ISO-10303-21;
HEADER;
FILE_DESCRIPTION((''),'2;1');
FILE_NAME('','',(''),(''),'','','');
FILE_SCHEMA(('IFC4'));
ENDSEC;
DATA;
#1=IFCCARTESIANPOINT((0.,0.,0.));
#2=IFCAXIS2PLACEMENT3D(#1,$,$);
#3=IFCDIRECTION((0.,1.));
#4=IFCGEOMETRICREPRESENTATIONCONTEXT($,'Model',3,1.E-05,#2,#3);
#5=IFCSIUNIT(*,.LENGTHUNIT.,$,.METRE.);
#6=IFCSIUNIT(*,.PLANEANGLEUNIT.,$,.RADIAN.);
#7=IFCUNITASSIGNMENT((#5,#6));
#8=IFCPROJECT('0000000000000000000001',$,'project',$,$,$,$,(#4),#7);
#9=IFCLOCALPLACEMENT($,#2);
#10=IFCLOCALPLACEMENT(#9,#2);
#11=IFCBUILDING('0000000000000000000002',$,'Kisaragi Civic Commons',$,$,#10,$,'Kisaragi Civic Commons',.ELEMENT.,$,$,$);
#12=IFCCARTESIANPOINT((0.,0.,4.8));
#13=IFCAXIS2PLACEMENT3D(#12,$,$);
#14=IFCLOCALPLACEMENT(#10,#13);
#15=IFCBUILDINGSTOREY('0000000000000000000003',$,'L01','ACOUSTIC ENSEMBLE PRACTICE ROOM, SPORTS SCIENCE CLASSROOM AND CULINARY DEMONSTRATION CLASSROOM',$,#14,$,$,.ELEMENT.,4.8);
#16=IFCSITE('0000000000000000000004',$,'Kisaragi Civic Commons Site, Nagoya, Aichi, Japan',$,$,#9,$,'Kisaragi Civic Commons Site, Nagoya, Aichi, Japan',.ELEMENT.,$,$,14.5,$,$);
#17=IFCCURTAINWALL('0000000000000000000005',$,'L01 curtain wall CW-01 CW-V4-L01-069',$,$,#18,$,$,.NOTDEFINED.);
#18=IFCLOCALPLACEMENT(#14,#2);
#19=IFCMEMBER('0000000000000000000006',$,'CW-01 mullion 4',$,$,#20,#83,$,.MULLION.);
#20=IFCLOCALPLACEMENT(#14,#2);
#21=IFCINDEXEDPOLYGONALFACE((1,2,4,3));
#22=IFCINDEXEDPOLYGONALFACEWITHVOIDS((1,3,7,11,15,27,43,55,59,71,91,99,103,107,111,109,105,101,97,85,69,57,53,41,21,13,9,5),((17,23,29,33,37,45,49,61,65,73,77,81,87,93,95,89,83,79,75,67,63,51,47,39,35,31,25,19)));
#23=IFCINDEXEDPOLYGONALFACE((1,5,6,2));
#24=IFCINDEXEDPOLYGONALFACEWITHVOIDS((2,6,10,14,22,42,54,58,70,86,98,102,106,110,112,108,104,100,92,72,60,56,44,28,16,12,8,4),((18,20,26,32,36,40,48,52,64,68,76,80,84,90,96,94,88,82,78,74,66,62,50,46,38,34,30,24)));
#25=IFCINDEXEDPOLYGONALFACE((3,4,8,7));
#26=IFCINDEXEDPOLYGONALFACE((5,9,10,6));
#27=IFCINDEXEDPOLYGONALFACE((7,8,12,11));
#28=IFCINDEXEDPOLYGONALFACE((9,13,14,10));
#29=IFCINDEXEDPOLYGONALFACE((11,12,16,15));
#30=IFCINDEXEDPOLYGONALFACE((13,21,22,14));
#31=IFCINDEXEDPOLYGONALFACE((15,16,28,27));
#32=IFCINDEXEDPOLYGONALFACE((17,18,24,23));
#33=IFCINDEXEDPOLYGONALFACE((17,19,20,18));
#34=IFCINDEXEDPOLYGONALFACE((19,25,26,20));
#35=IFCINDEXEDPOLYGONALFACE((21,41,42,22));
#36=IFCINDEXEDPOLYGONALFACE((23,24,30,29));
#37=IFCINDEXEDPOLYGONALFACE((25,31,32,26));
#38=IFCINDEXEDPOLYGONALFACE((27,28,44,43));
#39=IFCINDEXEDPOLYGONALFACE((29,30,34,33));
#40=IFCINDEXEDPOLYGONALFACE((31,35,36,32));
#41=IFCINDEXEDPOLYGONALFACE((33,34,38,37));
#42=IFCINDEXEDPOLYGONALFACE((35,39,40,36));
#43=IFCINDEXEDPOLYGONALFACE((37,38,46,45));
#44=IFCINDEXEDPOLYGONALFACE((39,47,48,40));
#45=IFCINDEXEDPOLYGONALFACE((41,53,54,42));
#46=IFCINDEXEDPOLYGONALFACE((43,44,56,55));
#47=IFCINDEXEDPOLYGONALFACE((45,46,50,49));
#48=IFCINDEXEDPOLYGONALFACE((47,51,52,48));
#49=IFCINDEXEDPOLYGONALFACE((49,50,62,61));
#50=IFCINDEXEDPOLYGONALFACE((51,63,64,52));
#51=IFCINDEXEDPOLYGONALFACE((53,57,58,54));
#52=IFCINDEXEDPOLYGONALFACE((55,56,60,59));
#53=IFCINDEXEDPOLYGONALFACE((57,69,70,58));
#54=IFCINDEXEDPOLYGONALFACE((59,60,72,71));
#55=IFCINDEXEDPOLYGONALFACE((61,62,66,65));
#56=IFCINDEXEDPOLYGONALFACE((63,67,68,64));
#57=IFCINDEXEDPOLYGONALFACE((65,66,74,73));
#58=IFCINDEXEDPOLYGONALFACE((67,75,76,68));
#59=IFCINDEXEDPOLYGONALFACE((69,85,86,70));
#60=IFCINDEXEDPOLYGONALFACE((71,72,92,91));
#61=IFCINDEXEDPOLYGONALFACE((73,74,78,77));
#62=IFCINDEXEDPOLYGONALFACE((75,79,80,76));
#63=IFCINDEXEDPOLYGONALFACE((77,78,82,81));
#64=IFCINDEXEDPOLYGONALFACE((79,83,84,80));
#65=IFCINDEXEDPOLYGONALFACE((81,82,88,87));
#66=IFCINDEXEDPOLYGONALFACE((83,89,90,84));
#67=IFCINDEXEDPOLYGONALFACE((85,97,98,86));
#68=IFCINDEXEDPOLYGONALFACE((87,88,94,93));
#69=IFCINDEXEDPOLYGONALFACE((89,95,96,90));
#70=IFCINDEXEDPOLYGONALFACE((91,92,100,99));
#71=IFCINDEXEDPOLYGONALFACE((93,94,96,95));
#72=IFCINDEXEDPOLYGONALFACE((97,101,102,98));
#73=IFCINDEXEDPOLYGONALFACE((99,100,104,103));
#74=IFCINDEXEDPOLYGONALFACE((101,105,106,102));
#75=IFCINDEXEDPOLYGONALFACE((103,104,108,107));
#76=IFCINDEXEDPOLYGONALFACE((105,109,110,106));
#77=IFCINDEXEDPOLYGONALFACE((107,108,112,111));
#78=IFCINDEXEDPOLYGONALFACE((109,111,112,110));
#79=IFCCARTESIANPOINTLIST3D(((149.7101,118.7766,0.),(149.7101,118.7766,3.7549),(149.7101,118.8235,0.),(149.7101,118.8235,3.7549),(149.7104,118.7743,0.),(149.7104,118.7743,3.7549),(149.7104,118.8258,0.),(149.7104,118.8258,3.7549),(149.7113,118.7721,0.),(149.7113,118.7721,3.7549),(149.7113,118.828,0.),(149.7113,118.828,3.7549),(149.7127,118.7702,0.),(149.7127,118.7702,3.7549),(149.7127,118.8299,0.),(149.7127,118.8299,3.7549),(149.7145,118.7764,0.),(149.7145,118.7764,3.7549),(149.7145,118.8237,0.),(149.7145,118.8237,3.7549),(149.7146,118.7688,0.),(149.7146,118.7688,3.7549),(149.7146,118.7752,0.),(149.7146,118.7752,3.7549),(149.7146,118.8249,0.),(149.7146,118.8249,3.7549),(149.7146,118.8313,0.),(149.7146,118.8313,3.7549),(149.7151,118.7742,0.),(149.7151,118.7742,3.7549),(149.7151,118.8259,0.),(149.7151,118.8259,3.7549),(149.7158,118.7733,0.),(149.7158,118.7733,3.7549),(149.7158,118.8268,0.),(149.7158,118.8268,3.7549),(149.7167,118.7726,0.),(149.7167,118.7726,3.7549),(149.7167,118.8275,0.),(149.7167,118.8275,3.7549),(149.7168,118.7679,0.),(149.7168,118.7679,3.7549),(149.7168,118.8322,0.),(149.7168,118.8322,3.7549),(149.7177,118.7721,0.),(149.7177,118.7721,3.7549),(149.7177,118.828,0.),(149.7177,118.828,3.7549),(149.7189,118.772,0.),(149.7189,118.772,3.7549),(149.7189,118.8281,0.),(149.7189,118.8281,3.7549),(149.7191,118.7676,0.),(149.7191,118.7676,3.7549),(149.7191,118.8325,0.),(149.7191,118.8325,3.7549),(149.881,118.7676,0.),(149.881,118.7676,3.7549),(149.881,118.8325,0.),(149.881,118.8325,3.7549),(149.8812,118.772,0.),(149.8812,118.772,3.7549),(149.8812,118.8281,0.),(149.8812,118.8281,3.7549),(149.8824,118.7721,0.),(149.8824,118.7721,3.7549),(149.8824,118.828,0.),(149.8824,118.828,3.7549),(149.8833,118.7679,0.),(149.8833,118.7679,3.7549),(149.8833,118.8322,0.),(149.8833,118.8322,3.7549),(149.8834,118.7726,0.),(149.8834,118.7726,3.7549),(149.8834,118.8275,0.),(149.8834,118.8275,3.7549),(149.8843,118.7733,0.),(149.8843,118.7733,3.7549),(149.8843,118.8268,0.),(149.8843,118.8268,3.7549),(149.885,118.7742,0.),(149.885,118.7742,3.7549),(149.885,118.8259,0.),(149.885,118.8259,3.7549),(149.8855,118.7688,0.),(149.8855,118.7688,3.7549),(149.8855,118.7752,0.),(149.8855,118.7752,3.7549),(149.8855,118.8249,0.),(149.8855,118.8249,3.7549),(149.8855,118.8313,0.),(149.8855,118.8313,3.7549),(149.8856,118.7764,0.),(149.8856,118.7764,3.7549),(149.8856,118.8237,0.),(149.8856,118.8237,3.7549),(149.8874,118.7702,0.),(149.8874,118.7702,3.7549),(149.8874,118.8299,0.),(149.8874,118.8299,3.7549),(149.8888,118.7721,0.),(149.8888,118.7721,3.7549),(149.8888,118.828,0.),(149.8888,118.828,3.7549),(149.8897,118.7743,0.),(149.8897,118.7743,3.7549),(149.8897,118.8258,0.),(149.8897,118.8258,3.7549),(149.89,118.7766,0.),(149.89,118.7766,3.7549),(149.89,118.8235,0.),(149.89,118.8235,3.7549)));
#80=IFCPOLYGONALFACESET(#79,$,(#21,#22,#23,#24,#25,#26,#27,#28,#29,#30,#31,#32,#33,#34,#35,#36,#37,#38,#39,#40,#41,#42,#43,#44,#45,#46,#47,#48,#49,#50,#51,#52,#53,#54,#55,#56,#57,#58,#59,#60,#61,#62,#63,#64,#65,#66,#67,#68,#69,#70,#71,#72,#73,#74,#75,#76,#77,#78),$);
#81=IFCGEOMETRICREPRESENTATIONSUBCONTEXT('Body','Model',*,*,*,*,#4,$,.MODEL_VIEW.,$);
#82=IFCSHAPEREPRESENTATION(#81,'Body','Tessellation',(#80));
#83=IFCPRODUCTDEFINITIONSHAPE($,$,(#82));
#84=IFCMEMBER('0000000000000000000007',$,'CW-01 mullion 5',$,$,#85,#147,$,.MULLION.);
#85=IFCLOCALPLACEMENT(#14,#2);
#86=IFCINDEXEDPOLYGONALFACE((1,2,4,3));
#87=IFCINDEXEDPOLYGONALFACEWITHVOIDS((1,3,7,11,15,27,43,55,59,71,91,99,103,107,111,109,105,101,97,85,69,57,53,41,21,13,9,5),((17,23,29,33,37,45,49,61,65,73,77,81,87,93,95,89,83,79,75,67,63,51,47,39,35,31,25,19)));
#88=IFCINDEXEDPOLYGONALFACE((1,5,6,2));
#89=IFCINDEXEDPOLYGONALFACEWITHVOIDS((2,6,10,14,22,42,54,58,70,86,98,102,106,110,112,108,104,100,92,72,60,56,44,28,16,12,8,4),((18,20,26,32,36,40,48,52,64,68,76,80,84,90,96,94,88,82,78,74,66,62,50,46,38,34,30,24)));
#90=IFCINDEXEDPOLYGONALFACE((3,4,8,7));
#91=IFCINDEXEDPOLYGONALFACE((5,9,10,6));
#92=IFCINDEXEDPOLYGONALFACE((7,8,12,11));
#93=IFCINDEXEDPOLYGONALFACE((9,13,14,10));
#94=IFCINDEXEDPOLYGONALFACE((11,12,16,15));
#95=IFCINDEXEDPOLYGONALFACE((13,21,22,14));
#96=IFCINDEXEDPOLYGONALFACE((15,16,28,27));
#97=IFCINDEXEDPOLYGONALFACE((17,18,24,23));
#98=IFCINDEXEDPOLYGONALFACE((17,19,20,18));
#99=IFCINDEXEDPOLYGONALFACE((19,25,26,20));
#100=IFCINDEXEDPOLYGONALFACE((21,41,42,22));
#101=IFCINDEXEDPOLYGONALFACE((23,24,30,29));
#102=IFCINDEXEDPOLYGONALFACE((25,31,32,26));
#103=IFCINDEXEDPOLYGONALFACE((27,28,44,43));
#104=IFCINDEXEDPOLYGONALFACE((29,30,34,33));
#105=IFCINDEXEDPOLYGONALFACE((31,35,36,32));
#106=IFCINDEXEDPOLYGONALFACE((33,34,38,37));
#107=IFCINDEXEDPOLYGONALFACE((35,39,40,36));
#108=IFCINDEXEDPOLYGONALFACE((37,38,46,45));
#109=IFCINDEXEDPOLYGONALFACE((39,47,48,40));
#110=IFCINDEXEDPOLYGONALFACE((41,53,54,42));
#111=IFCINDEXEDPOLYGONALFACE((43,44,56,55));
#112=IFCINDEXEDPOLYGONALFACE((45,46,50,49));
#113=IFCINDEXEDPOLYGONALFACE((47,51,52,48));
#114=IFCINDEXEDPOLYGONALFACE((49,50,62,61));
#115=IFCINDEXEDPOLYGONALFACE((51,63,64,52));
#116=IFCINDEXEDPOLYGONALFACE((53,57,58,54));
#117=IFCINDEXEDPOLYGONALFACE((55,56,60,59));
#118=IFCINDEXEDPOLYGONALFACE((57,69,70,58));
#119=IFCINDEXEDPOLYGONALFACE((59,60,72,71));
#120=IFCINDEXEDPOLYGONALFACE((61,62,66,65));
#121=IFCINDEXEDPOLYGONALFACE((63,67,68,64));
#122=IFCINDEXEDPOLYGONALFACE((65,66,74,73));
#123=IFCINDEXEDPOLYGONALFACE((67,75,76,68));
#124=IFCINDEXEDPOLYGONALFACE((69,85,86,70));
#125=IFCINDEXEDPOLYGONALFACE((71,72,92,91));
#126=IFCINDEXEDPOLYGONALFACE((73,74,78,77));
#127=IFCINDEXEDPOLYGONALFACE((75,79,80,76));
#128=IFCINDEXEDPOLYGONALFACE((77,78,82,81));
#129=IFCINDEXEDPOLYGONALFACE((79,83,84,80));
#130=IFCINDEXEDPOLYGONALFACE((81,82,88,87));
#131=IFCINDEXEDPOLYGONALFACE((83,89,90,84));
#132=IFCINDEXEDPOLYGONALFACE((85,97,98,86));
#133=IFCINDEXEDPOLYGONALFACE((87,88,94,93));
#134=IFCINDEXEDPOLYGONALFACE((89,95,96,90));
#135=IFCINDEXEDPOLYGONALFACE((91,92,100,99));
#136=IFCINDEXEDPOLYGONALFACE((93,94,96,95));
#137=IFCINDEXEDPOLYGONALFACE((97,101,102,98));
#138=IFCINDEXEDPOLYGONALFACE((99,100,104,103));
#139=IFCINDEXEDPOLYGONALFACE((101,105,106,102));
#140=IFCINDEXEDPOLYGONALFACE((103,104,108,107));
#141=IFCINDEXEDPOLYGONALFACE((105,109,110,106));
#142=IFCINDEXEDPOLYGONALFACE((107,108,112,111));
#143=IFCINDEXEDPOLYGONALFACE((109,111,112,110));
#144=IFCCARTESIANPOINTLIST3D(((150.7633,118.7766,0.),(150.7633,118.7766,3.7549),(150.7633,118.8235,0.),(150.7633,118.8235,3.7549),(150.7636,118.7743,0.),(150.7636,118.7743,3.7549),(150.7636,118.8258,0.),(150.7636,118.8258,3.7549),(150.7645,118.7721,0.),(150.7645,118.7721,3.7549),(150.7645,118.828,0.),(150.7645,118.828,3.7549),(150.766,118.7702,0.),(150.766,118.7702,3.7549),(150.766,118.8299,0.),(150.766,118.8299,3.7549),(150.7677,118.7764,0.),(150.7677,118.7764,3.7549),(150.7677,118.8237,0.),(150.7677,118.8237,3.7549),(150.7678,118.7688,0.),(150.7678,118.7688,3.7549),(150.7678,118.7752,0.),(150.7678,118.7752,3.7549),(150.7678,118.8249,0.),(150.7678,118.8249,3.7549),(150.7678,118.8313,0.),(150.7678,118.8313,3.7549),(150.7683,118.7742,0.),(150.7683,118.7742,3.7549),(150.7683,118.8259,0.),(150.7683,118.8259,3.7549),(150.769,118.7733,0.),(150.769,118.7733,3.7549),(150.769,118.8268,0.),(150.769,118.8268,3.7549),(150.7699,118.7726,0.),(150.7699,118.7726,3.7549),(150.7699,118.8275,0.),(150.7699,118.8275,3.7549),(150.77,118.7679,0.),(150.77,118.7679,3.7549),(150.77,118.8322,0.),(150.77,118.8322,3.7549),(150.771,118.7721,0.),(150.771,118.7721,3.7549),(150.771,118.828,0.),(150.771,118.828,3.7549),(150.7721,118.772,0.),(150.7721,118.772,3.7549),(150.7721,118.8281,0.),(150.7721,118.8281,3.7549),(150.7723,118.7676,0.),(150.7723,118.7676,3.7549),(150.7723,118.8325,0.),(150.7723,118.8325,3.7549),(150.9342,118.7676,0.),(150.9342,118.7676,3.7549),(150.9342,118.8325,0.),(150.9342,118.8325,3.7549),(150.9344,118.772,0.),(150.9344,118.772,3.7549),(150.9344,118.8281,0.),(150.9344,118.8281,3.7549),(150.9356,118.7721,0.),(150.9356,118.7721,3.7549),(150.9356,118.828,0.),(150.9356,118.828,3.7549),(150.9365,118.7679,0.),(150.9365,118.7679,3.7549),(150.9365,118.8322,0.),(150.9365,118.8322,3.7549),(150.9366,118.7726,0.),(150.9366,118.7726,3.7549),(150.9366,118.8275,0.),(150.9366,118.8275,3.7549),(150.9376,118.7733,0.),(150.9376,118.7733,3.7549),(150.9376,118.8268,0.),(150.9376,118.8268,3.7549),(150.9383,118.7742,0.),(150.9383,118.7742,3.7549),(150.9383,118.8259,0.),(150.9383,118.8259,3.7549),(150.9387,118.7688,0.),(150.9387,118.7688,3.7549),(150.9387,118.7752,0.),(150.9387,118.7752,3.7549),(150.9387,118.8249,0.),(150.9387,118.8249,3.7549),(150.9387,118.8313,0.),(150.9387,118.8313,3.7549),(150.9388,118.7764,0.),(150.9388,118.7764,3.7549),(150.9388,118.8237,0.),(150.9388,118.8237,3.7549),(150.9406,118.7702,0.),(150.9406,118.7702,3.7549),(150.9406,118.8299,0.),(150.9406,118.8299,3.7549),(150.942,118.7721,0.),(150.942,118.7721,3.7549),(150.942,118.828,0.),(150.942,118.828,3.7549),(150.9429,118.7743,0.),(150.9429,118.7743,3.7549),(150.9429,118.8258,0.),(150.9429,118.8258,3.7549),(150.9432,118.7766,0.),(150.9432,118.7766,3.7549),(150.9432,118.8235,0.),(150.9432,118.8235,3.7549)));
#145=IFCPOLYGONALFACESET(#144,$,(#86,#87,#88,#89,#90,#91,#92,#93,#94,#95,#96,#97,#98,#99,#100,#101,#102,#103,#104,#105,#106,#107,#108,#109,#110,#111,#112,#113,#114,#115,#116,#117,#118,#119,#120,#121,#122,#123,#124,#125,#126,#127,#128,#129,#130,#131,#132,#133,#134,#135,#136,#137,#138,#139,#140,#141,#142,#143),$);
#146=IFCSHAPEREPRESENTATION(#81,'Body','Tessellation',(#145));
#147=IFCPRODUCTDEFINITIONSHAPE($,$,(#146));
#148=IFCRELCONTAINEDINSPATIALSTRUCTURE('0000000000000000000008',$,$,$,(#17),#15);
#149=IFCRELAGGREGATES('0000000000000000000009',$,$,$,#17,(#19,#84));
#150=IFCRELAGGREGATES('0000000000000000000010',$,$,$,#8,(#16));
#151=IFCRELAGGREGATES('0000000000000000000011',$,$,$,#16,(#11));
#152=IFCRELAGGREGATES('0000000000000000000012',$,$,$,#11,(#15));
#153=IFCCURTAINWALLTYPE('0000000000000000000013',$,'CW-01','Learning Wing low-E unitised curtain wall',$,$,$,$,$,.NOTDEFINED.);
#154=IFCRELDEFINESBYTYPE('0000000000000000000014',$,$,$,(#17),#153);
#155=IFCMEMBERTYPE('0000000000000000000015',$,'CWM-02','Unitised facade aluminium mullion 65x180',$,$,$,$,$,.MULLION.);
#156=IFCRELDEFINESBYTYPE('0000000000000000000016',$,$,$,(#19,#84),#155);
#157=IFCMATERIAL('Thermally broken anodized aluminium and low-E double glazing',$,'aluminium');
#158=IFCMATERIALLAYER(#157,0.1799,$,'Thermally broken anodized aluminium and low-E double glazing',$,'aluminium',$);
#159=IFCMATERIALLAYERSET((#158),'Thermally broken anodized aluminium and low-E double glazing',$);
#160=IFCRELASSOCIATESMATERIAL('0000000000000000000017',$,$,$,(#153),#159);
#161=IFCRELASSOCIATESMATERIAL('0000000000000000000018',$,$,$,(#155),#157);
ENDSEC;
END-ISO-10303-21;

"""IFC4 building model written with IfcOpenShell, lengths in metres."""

from ifc_helpers import new_model, si_unit, direction, frame, origin, origin_2d, place, context, subcontext, project, spatial, hollow_rectangle, extrude, material, layer, layer_set, material_profile, profile_set, type_object, element, aggregate, save


model = new_model("IFC4")

# Units and contexts
model_context = context("Model", 3, precision=1e-05, world=origin(), true_north=direction((0.0, 1.0)))
body_context = subcontext(model_context, "Body", "Model", "MODEL_VIEW")
ifc_project = project(units=[si_unit("LENGTHUNIT", "METRE"), si_unit("PLANEANGLEUNIT", "RADIAN")], contexts=[model_context])

# Site, building, storey
site_placement = place(None, origin())
site = spatial("IfcSite", under=ifc_project, at=site_placement, Name="Kisaragi Civic Commons Site, Nagoya, Aichi, Japan", LongName="Kisaragi Civic Commons Site, Nagoya, Aichi, Japan", CompositionType="ELEMENT", RefElevation=14.5)
building_placement = place(site_placement, origin())
building = spatial("IfcBuilding", under=site, at=building_placement, Name="Kisaragi Civic Commons", LongName="Kisaragi Civic Commons", CompositionType="ELEMENT")
storey_placement = place(building_placement, frame((0.0, 0.0, 4.8)))
storey = spatial("IfcBuildingStorey", under=building, at=storey_placement, Name="L01", Description="ACOUSTIC ENSEMBLE PRACTICE ROOM, SPORTS SCIENCE CLASSROOM AND CULINARY DEMONSTRATION CLASSROOM", CompositionType="ELEMENT", Elevation=4.8)

# Curtain wall, members
ifc_material = material(Name="Thermally broken anodized aluminium and low-E double glazing", Category="aluminium")
ifc_layer_1 = layer(ifc_material, 0.1799, Name="Thermally broken anodized aluminium and low-E double glazing", Category="aluminium")
ifc_layer_set_1 = layer_set([ifc_layer_1], Name="Thermally broken anodized aluminium and low-E double glazing")
curtain_wall_type = type_object("IfcCurtainWallType", Name="CW-01", Description="Learning Wing low-E unitised curtain wall", PredefinedType="NOTDEFINED", material=ifc_layer_set_1)
curtain_wall_placement = place(storey_placement, origin())
curtain_wall = element("IfcCurtainWall", 1, at=curtain_wall_placement, inside=storey, type_object=curtain_wall_type, Name="L01 curtain wall CW-01 CW-V4-L01-069", PredefinedType="NOTDEFINED")
ifc_material_profile_1 = material_profile(ifc_material, hollow_rectangle(XDim=0.0649, YDim=0.1799, WallThickness=0.0044, InnerFilletRadius=0.0044, OuterFilletRadius=0.009, at=origin_2d()), Name="CWM-65x180x4.5", Category="aluminium")
ifc_profile_set_1 = profile_set([ifc_material_profile_1], Name="Thermally broken anodized aluminium and low-E double glazing")
member_type_1 = type_object("IfcMemberType", Name="CWM-02", Description="Unitised facade aluminium mullion 65x180", PredefinedType="MULLION", material=ifc_profile_set_1)
member_1_placement = place(storey_placement, frame((149.8, 118.8, 0.0), z_axis=(0.0, 0.0, 1.0), x_axis=(0.0, 1.0, 0.0)))
member_1 = element("IfcMember", 2, at=member_1_placement, type_object=member_type_1, Name="CW-01 mullion 4", PredefinedType="MULLION", context=body_context, shape_type="SweptSolid", body=[
    extrude(hollow_rectangle(XDim=0.0649, YDim=0.1799, WallThickness=0.0044, InnerFilletRadius=0.0044, OuterFilletRadius=0.009, at=origin_2d()), origin(), (0.0, 0.0, 1.0), 3.7549),
])
member_2_placement = place(storey_placement, frame((150.8533, 118.8, 0.0), z_axis=(0.0, 0.0, 1.0), x_axis=(0.0, 1.0, 0.0)))
member_2 = element("IfcMember", 3, at=member_2_placement, type_object=member_type_1, Name="CW-01 mullion 5", PredefinedType="MULLION", context=body_context, shape_type="SweptSolid", body=[
    extrude(hollow_rectangle(XDim=0.0649, YDim=0.1799, WallThickness=0.0044, InnerFilletRadius=0.0044, OuterFilletRadius=0.009, at=origin_2d()), origin(), (0.0, 0.0, 1.0), 3.7549),
])
aggregate(curtain_wall, [member_1, member_2])

save(model, "model.ifc")
